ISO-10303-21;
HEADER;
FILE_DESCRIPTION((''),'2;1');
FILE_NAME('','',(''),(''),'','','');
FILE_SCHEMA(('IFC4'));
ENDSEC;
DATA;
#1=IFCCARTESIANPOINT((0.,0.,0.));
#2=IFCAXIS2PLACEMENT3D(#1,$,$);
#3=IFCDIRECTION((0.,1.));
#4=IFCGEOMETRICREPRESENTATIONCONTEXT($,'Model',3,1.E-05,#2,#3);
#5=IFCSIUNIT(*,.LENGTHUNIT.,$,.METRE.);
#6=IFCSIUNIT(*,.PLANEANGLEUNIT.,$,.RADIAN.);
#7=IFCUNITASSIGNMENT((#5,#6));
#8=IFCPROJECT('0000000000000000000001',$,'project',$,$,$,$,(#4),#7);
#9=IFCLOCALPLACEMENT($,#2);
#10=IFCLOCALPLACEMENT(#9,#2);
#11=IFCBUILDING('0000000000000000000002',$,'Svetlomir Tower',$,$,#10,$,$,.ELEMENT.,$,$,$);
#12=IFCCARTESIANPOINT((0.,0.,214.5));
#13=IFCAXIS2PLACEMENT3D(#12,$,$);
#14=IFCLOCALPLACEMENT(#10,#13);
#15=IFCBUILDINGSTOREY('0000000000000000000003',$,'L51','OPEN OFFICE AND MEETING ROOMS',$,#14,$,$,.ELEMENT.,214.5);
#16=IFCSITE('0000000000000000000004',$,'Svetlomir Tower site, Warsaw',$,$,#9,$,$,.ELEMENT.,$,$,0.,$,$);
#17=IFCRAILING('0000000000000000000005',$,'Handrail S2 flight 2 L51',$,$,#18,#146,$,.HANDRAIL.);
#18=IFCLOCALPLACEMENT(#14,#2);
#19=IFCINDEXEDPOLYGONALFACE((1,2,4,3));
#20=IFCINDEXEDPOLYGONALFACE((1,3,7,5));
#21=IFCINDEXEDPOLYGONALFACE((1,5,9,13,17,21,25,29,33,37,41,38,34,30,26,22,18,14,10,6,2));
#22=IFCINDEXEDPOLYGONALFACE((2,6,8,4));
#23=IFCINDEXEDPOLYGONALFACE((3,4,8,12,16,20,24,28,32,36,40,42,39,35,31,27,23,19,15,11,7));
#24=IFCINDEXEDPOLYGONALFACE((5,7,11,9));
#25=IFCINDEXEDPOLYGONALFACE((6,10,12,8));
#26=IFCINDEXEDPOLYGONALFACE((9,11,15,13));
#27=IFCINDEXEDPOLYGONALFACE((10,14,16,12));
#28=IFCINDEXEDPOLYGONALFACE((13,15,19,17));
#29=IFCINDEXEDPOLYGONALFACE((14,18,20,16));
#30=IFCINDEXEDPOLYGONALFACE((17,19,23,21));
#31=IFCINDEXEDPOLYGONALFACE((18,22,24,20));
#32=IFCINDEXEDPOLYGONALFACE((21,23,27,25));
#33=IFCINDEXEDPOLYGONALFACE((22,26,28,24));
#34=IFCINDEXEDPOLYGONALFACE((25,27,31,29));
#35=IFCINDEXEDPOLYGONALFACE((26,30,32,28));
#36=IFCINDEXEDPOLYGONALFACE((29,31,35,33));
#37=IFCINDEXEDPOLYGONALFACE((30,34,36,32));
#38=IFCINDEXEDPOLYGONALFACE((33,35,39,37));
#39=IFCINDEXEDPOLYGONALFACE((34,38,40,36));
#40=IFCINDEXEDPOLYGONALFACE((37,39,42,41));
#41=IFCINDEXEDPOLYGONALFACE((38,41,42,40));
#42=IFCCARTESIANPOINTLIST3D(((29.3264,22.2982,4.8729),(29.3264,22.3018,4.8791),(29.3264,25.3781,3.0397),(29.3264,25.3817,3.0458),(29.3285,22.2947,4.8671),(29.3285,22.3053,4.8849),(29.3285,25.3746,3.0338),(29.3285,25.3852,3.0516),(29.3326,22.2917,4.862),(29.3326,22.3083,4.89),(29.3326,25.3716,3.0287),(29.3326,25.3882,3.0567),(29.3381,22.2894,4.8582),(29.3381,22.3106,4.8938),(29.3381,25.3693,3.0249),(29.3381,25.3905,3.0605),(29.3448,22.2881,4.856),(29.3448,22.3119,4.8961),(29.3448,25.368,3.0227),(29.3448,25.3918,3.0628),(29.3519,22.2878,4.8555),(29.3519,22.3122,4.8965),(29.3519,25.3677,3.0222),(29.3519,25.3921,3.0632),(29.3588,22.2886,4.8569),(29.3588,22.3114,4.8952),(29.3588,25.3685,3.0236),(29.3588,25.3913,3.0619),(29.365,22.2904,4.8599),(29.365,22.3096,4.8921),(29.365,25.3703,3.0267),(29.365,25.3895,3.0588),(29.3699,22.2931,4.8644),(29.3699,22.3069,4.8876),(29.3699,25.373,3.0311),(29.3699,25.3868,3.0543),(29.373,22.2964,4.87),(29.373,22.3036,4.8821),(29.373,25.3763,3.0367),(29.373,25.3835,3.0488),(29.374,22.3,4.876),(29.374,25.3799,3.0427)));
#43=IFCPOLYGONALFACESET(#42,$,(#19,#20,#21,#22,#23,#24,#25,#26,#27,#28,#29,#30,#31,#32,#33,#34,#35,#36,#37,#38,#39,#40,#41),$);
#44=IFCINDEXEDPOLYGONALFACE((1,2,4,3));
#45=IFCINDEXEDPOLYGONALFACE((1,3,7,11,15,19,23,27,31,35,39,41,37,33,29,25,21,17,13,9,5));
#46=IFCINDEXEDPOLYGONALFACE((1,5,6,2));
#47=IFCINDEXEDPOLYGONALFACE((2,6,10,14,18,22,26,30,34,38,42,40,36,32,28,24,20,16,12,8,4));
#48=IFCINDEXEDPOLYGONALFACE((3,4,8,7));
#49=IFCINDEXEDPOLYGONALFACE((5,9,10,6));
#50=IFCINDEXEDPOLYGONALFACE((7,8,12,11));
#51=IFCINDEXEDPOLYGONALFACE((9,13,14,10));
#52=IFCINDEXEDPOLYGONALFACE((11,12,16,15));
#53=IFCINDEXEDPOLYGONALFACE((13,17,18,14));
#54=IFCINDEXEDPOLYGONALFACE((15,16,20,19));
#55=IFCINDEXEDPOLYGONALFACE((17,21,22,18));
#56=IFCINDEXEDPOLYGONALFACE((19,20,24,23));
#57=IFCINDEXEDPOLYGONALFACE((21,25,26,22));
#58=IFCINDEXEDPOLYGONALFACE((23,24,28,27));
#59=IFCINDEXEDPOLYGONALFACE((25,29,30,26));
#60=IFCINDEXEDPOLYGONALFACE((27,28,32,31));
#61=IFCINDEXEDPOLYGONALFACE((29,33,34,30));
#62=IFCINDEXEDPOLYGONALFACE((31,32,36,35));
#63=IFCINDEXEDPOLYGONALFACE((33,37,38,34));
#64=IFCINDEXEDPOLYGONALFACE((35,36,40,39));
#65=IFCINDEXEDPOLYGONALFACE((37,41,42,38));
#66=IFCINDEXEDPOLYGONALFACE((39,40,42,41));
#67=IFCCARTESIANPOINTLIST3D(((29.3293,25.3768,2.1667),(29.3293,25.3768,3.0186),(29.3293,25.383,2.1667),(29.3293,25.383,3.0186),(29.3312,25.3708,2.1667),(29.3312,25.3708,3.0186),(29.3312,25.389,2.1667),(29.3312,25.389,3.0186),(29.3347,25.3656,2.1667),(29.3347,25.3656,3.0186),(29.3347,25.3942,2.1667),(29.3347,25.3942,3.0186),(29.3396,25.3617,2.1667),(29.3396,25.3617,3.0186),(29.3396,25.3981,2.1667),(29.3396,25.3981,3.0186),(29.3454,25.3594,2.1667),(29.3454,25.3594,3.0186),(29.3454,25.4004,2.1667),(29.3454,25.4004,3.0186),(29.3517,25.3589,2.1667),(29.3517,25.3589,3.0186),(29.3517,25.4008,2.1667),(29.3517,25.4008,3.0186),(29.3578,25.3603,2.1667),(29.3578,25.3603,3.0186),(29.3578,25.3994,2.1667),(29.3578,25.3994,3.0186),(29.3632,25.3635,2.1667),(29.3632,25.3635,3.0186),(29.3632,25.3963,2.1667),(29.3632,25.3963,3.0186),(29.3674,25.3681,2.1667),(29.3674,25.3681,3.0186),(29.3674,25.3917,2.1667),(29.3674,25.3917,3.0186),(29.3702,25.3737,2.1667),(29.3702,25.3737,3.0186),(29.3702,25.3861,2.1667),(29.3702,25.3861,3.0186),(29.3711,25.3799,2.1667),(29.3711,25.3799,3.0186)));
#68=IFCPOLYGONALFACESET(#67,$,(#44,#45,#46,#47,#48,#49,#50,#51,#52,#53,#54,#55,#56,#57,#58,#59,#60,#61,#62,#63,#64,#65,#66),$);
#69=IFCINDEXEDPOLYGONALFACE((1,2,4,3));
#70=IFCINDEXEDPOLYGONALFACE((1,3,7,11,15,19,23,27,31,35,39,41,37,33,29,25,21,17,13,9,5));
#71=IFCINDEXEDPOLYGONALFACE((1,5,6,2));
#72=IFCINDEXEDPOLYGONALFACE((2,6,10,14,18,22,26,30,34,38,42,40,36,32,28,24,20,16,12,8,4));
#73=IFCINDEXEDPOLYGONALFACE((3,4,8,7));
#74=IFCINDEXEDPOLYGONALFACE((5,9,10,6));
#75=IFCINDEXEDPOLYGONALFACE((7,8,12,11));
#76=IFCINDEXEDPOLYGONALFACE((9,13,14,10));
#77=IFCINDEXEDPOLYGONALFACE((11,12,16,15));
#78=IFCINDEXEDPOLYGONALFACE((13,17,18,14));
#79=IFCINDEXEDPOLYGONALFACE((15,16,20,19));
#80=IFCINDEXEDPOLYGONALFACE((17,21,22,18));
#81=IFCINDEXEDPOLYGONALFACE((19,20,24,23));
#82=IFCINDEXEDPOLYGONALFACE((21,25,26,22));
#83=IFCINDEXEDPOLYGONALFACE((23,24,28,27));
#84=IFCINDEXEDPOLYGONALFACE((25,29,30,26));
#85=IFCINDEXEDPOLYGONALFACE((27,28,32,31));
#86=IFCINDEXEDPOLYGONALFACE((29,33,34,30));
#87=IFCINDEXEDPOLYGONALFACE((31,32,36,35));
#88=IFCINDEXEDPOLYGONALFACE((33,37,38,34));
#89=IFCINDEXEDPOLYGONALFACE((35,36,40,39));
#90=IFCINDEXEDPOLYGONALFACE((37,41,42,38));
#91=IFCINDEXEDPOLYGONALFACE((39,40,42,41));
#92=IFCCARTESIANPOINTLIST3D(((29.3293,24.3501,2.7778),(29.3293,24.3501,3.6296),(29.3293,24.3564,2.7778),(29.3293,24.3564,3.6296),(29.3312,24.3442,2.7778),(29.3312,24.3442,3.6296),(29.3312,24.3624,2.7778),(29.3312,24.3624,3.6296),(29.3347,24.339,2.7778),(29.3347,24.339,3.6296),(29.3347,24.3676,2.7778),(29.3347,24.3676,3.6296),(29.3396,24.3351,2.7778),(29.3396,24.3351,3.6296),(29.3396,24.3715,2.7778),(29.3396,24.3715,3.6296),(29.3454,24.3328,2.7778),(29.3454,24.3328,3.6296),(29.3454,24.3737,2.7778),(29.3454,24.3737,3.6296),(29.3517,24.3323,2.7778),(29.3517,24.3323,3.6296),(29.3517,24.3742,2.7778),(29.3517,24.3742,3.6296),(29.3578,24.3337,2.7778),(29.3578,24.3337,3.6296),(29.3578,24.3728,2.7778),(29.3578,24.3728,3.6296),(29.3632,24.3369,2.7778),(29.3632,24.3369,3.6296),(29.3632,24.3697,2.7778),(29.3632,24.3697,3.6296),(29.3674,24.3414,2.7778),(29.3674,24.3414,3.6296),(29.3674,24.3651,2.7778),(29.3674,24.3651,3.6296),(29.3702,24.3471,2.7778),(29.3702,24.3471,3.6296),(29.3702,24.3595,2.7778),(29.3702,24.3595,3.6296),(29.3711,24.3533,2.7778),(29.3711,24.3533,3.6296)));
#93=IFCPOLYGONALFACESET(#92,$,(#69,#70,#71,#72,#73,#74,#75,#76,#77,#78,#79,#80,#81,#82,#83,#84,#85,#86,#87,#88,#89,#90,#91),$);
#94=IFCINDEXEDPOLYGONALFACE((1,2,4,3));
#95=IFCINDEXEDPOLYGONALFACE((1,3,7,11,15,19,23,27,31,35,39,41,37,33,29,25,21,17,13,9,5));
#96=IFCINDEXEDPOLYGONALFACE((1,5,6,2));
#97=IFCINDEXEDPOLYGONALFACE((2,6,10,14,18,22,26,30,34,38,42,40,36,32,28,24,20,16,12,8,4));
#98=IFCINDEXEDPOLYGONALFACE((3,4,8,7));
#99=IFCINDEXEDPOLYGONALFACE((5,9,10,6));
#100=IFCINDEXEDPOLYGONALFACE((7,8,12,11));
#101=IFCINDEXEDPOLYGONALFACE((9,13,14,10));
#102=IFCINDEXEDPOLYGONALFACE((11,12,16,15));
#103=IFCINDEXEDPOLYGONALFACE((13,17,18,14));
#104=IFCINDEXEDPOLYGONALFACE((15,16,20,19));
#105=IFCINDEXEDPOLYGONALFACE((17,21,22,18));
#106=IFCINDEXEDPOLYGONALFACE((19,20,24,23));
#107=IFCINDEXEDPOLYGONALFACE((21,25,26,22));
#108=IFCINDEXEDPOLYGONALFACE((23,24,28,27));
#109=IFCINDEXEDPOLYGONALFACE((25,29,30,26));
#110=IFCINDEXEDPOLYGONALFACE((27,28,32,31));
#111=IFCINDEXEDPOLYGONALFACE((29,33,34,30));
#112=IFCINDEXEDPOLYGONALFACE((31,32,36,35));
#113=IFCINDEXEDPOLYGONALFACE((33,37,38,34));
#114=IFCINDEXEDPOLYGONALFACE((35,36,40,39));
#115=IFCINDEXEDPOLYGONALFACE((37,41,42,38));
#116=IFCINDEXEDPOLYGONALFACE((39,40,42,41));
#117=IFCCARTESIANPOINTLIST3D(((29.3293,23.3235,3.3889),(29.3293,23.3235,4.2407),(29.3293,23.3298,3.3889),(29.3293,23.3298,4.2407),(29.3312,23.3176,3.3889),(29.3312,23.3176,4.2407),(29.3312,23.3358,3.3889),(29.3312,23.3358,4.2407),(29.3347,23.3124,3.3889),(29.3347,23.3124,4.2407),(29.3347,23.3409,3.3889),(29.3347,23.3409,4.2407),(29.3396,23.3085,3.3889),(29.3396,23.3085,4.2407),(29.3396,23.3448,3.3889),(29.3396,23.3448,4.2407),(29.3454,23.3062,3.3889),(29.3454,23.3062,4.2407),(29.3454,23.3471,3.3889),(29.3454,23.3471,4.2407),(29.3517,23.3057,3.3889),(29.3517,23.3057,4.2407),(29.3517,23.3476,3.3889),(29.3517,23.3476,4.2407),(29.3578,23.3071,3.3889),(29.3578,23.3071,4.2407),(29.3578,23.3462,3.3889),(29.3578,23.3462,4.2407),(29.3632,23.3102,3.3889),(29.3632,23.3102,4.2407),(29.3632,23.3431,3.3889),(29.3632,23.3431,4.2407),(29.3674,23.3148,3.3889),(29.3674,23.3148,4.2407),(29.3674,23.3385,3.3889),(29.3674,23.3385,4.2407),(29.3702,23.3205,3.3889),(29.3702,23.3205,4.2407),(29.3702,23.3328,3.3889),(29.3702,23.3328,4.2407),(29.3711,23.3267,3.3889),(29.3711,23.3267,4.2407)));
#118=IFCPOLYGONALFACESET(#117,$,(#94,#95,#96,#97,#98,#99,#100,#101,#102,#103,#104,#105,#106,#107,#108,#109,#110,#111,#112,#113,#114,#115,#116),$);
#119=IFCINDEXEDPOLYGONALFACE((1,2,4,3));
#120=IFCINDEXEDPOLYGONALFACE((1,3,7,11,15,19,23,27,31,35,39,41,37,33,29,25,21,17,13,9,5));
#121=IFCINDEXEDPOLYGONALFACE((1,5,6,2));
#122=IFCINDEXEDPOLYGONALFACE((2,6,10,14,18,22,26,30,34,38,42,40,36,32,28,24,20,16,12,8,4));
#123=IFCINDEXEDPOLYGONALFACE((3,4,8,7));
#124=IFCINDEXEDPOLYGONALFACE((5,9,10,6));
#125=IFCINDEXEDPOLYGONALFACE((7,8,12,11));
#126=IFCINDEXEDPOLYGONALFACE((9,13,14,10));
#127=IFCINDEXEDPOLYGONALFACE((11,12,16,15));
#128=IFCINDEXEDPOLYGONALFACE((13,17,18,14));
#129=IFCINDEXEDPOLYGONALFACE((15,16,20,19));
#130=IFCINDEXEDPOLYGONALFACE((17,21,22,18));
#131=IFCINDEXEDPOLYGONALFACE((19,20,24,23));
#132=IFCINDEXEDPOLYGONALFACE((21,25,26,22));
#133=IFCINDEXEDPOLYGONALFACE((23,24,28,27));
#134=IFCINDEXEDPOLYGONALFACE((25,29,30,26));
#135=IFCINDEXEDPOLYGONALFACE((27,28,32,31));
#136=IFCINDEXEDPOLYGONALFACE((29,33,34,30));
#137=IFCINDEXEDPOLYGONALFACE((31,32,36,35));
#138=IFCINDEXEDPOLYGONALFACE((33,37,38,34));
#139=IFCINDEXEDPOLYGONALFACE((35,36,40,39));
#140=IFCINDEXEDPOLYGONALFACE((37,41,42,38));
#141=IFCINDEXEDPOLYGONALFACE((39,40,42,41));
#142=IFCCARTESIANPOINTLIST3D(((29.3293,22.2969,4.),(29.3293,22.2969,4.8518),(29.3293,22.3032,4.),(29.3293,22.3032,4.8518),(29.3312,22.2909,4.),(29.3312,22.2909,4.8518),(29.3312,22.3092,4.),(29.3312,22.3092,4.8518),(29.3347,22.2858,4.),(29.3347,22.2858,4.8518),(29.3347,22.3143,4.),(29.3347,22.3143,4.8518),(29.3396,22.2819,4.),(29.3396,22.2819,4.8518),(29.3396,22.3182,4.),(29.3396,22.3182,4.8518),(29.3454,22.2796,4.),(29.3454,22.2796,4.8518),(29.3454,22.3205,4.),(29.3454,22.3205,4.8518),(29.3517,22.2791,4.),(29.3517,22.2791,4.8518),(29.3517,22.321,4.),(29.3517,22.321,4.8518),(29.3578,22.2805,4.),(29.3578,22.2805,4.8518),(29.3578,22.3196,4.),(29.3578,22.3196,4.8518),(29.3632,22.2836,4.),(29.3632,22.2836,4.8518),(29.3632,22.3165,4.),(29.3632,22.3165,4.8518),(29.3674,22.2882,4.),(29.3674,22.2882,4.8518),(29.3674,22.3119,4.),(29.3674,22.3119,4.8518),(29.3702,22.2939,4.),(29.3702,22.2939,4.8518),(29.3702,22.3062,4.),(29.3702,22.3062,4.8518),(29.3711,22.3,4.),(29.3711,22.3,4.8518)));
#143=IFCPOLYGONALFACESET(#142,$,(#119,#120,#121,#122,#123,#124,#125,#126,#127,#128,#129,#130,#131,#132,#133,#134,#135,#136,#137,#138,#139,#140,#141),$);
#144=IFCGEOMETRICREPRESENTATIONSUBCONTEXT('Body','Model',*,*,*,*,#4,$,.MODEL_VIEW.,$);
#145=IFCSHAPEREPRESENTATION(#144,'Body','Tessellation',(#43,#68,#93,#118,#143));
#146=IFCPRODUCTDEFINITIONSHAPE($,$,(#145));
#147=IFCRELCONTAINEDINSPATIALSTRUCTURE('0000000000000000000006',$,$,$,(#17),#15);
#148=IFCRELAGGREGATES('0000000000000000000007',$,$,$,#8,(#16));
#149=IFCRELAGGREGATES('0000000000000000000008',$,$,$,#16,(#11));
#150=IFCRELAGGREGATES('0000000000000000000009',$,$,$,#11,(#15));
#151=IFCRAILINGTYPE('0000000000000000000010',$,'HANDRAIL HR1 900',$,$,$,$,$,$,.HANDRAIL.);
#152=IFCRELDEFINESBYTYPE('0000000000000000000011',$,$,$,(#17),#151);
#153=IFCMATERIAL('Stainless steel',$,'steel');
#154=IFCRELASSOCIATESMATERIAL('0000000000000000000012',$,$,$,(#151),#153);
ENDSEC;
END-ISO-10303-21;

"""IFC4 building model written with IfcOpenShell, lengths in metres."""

from ifc_helpers import new_model, si_unit, direction, frame, origin, origin_2d, place, context, subcontext, project, spatial, circle, extrude, material, type_object, element, save


model = new_model("IFC4")

# Units and contexts
model_context = context("Model", 3, precision=1e-05, world=origin(), true_north=direction((0.0, 1.0)))
body_context = subcontext(model_context, "Body", "Model", "MODEL_VIEW")
ifc_project = project(units=[si_unit("LENGTHUNIT", "METRE"), si_unit("PLANEANGLEUNIT", "RADIAN")], contexts=[model_context])

# Site, building, storey
site_placement = place(None, origin())
site = spatial("IfcSite", under=ifc_project, at=site_placement, Name="Svetlomir Tower site, Warsaw", CompositionType="ELEMENT", RefElevation=0.0)
building_placement = place(site_placement, origin())
building = spatial("IfcBuilding", under=site, at=building_placement, Name="Svetlomir Tower", CompositionType="ELEMENT")
storey_placement = place(building_placement, frame((0.0, 0.0, 214.5)))
storey = spatial("IfcBuildingStorey", under=building, at=storey_placement, Name="L51", Description="OPEN OFFICE AND MEETING ROOMS", CompositionType="ELEMENT", Elevation=214.5)

# Railing
ifc_material_1 = material(Name="Stainless steel", Category="steel")
railing_type = type_object("IfcRailingType", Name="HANDRAIL HR1 900", PredefinedType="HANDRAIL", material=ifc_material_1)
railing_1_placement = place(storey_placement, frame((29.3501, 25.3799, 2.1667)))
element("IfcRailing", 1, at=railing_1_placement, inside=storey, type_object=railing_type, Name="Handrail S2 flight 2 L51", PredefinedType="HANDRAIL", context=body_context, shape_type="SweptSolid", body=[
    extrude(circle(Radius=0.0239, at=origin_2d()), frame((0.0, 0.0, 0.876), z_axis=(0.0, -0.859291, 0.511487), x_axis=(1.0, 0.0, 0.0)), (0.0, 0.0, 1.0), 3.5842),
    extrude(circle(Radius=0.021, at=origin_2d()), origin(), (0.0, 0.0, 1.0), 0.8518),
    extrude(circle(Radius=0.021, at=origin_2d()), frame((0.0, -1.0266, 0.6111)), (0.0, 0.0, 1.0), 0.8518),
    extrude(circle(Radius=0.021, at=origin_2d()), frame((0.0, -2.0532, 1.2222)), (0.0, 0.0, 1.0), 0.8518),
    extrude(circle(Radius=0.021, at=origin_2d()), frame((0.0, -3.0798, 1.8333)), (0.0, 0.0, 1.0), 0.8518),
])

save(model, "model.ifc")
